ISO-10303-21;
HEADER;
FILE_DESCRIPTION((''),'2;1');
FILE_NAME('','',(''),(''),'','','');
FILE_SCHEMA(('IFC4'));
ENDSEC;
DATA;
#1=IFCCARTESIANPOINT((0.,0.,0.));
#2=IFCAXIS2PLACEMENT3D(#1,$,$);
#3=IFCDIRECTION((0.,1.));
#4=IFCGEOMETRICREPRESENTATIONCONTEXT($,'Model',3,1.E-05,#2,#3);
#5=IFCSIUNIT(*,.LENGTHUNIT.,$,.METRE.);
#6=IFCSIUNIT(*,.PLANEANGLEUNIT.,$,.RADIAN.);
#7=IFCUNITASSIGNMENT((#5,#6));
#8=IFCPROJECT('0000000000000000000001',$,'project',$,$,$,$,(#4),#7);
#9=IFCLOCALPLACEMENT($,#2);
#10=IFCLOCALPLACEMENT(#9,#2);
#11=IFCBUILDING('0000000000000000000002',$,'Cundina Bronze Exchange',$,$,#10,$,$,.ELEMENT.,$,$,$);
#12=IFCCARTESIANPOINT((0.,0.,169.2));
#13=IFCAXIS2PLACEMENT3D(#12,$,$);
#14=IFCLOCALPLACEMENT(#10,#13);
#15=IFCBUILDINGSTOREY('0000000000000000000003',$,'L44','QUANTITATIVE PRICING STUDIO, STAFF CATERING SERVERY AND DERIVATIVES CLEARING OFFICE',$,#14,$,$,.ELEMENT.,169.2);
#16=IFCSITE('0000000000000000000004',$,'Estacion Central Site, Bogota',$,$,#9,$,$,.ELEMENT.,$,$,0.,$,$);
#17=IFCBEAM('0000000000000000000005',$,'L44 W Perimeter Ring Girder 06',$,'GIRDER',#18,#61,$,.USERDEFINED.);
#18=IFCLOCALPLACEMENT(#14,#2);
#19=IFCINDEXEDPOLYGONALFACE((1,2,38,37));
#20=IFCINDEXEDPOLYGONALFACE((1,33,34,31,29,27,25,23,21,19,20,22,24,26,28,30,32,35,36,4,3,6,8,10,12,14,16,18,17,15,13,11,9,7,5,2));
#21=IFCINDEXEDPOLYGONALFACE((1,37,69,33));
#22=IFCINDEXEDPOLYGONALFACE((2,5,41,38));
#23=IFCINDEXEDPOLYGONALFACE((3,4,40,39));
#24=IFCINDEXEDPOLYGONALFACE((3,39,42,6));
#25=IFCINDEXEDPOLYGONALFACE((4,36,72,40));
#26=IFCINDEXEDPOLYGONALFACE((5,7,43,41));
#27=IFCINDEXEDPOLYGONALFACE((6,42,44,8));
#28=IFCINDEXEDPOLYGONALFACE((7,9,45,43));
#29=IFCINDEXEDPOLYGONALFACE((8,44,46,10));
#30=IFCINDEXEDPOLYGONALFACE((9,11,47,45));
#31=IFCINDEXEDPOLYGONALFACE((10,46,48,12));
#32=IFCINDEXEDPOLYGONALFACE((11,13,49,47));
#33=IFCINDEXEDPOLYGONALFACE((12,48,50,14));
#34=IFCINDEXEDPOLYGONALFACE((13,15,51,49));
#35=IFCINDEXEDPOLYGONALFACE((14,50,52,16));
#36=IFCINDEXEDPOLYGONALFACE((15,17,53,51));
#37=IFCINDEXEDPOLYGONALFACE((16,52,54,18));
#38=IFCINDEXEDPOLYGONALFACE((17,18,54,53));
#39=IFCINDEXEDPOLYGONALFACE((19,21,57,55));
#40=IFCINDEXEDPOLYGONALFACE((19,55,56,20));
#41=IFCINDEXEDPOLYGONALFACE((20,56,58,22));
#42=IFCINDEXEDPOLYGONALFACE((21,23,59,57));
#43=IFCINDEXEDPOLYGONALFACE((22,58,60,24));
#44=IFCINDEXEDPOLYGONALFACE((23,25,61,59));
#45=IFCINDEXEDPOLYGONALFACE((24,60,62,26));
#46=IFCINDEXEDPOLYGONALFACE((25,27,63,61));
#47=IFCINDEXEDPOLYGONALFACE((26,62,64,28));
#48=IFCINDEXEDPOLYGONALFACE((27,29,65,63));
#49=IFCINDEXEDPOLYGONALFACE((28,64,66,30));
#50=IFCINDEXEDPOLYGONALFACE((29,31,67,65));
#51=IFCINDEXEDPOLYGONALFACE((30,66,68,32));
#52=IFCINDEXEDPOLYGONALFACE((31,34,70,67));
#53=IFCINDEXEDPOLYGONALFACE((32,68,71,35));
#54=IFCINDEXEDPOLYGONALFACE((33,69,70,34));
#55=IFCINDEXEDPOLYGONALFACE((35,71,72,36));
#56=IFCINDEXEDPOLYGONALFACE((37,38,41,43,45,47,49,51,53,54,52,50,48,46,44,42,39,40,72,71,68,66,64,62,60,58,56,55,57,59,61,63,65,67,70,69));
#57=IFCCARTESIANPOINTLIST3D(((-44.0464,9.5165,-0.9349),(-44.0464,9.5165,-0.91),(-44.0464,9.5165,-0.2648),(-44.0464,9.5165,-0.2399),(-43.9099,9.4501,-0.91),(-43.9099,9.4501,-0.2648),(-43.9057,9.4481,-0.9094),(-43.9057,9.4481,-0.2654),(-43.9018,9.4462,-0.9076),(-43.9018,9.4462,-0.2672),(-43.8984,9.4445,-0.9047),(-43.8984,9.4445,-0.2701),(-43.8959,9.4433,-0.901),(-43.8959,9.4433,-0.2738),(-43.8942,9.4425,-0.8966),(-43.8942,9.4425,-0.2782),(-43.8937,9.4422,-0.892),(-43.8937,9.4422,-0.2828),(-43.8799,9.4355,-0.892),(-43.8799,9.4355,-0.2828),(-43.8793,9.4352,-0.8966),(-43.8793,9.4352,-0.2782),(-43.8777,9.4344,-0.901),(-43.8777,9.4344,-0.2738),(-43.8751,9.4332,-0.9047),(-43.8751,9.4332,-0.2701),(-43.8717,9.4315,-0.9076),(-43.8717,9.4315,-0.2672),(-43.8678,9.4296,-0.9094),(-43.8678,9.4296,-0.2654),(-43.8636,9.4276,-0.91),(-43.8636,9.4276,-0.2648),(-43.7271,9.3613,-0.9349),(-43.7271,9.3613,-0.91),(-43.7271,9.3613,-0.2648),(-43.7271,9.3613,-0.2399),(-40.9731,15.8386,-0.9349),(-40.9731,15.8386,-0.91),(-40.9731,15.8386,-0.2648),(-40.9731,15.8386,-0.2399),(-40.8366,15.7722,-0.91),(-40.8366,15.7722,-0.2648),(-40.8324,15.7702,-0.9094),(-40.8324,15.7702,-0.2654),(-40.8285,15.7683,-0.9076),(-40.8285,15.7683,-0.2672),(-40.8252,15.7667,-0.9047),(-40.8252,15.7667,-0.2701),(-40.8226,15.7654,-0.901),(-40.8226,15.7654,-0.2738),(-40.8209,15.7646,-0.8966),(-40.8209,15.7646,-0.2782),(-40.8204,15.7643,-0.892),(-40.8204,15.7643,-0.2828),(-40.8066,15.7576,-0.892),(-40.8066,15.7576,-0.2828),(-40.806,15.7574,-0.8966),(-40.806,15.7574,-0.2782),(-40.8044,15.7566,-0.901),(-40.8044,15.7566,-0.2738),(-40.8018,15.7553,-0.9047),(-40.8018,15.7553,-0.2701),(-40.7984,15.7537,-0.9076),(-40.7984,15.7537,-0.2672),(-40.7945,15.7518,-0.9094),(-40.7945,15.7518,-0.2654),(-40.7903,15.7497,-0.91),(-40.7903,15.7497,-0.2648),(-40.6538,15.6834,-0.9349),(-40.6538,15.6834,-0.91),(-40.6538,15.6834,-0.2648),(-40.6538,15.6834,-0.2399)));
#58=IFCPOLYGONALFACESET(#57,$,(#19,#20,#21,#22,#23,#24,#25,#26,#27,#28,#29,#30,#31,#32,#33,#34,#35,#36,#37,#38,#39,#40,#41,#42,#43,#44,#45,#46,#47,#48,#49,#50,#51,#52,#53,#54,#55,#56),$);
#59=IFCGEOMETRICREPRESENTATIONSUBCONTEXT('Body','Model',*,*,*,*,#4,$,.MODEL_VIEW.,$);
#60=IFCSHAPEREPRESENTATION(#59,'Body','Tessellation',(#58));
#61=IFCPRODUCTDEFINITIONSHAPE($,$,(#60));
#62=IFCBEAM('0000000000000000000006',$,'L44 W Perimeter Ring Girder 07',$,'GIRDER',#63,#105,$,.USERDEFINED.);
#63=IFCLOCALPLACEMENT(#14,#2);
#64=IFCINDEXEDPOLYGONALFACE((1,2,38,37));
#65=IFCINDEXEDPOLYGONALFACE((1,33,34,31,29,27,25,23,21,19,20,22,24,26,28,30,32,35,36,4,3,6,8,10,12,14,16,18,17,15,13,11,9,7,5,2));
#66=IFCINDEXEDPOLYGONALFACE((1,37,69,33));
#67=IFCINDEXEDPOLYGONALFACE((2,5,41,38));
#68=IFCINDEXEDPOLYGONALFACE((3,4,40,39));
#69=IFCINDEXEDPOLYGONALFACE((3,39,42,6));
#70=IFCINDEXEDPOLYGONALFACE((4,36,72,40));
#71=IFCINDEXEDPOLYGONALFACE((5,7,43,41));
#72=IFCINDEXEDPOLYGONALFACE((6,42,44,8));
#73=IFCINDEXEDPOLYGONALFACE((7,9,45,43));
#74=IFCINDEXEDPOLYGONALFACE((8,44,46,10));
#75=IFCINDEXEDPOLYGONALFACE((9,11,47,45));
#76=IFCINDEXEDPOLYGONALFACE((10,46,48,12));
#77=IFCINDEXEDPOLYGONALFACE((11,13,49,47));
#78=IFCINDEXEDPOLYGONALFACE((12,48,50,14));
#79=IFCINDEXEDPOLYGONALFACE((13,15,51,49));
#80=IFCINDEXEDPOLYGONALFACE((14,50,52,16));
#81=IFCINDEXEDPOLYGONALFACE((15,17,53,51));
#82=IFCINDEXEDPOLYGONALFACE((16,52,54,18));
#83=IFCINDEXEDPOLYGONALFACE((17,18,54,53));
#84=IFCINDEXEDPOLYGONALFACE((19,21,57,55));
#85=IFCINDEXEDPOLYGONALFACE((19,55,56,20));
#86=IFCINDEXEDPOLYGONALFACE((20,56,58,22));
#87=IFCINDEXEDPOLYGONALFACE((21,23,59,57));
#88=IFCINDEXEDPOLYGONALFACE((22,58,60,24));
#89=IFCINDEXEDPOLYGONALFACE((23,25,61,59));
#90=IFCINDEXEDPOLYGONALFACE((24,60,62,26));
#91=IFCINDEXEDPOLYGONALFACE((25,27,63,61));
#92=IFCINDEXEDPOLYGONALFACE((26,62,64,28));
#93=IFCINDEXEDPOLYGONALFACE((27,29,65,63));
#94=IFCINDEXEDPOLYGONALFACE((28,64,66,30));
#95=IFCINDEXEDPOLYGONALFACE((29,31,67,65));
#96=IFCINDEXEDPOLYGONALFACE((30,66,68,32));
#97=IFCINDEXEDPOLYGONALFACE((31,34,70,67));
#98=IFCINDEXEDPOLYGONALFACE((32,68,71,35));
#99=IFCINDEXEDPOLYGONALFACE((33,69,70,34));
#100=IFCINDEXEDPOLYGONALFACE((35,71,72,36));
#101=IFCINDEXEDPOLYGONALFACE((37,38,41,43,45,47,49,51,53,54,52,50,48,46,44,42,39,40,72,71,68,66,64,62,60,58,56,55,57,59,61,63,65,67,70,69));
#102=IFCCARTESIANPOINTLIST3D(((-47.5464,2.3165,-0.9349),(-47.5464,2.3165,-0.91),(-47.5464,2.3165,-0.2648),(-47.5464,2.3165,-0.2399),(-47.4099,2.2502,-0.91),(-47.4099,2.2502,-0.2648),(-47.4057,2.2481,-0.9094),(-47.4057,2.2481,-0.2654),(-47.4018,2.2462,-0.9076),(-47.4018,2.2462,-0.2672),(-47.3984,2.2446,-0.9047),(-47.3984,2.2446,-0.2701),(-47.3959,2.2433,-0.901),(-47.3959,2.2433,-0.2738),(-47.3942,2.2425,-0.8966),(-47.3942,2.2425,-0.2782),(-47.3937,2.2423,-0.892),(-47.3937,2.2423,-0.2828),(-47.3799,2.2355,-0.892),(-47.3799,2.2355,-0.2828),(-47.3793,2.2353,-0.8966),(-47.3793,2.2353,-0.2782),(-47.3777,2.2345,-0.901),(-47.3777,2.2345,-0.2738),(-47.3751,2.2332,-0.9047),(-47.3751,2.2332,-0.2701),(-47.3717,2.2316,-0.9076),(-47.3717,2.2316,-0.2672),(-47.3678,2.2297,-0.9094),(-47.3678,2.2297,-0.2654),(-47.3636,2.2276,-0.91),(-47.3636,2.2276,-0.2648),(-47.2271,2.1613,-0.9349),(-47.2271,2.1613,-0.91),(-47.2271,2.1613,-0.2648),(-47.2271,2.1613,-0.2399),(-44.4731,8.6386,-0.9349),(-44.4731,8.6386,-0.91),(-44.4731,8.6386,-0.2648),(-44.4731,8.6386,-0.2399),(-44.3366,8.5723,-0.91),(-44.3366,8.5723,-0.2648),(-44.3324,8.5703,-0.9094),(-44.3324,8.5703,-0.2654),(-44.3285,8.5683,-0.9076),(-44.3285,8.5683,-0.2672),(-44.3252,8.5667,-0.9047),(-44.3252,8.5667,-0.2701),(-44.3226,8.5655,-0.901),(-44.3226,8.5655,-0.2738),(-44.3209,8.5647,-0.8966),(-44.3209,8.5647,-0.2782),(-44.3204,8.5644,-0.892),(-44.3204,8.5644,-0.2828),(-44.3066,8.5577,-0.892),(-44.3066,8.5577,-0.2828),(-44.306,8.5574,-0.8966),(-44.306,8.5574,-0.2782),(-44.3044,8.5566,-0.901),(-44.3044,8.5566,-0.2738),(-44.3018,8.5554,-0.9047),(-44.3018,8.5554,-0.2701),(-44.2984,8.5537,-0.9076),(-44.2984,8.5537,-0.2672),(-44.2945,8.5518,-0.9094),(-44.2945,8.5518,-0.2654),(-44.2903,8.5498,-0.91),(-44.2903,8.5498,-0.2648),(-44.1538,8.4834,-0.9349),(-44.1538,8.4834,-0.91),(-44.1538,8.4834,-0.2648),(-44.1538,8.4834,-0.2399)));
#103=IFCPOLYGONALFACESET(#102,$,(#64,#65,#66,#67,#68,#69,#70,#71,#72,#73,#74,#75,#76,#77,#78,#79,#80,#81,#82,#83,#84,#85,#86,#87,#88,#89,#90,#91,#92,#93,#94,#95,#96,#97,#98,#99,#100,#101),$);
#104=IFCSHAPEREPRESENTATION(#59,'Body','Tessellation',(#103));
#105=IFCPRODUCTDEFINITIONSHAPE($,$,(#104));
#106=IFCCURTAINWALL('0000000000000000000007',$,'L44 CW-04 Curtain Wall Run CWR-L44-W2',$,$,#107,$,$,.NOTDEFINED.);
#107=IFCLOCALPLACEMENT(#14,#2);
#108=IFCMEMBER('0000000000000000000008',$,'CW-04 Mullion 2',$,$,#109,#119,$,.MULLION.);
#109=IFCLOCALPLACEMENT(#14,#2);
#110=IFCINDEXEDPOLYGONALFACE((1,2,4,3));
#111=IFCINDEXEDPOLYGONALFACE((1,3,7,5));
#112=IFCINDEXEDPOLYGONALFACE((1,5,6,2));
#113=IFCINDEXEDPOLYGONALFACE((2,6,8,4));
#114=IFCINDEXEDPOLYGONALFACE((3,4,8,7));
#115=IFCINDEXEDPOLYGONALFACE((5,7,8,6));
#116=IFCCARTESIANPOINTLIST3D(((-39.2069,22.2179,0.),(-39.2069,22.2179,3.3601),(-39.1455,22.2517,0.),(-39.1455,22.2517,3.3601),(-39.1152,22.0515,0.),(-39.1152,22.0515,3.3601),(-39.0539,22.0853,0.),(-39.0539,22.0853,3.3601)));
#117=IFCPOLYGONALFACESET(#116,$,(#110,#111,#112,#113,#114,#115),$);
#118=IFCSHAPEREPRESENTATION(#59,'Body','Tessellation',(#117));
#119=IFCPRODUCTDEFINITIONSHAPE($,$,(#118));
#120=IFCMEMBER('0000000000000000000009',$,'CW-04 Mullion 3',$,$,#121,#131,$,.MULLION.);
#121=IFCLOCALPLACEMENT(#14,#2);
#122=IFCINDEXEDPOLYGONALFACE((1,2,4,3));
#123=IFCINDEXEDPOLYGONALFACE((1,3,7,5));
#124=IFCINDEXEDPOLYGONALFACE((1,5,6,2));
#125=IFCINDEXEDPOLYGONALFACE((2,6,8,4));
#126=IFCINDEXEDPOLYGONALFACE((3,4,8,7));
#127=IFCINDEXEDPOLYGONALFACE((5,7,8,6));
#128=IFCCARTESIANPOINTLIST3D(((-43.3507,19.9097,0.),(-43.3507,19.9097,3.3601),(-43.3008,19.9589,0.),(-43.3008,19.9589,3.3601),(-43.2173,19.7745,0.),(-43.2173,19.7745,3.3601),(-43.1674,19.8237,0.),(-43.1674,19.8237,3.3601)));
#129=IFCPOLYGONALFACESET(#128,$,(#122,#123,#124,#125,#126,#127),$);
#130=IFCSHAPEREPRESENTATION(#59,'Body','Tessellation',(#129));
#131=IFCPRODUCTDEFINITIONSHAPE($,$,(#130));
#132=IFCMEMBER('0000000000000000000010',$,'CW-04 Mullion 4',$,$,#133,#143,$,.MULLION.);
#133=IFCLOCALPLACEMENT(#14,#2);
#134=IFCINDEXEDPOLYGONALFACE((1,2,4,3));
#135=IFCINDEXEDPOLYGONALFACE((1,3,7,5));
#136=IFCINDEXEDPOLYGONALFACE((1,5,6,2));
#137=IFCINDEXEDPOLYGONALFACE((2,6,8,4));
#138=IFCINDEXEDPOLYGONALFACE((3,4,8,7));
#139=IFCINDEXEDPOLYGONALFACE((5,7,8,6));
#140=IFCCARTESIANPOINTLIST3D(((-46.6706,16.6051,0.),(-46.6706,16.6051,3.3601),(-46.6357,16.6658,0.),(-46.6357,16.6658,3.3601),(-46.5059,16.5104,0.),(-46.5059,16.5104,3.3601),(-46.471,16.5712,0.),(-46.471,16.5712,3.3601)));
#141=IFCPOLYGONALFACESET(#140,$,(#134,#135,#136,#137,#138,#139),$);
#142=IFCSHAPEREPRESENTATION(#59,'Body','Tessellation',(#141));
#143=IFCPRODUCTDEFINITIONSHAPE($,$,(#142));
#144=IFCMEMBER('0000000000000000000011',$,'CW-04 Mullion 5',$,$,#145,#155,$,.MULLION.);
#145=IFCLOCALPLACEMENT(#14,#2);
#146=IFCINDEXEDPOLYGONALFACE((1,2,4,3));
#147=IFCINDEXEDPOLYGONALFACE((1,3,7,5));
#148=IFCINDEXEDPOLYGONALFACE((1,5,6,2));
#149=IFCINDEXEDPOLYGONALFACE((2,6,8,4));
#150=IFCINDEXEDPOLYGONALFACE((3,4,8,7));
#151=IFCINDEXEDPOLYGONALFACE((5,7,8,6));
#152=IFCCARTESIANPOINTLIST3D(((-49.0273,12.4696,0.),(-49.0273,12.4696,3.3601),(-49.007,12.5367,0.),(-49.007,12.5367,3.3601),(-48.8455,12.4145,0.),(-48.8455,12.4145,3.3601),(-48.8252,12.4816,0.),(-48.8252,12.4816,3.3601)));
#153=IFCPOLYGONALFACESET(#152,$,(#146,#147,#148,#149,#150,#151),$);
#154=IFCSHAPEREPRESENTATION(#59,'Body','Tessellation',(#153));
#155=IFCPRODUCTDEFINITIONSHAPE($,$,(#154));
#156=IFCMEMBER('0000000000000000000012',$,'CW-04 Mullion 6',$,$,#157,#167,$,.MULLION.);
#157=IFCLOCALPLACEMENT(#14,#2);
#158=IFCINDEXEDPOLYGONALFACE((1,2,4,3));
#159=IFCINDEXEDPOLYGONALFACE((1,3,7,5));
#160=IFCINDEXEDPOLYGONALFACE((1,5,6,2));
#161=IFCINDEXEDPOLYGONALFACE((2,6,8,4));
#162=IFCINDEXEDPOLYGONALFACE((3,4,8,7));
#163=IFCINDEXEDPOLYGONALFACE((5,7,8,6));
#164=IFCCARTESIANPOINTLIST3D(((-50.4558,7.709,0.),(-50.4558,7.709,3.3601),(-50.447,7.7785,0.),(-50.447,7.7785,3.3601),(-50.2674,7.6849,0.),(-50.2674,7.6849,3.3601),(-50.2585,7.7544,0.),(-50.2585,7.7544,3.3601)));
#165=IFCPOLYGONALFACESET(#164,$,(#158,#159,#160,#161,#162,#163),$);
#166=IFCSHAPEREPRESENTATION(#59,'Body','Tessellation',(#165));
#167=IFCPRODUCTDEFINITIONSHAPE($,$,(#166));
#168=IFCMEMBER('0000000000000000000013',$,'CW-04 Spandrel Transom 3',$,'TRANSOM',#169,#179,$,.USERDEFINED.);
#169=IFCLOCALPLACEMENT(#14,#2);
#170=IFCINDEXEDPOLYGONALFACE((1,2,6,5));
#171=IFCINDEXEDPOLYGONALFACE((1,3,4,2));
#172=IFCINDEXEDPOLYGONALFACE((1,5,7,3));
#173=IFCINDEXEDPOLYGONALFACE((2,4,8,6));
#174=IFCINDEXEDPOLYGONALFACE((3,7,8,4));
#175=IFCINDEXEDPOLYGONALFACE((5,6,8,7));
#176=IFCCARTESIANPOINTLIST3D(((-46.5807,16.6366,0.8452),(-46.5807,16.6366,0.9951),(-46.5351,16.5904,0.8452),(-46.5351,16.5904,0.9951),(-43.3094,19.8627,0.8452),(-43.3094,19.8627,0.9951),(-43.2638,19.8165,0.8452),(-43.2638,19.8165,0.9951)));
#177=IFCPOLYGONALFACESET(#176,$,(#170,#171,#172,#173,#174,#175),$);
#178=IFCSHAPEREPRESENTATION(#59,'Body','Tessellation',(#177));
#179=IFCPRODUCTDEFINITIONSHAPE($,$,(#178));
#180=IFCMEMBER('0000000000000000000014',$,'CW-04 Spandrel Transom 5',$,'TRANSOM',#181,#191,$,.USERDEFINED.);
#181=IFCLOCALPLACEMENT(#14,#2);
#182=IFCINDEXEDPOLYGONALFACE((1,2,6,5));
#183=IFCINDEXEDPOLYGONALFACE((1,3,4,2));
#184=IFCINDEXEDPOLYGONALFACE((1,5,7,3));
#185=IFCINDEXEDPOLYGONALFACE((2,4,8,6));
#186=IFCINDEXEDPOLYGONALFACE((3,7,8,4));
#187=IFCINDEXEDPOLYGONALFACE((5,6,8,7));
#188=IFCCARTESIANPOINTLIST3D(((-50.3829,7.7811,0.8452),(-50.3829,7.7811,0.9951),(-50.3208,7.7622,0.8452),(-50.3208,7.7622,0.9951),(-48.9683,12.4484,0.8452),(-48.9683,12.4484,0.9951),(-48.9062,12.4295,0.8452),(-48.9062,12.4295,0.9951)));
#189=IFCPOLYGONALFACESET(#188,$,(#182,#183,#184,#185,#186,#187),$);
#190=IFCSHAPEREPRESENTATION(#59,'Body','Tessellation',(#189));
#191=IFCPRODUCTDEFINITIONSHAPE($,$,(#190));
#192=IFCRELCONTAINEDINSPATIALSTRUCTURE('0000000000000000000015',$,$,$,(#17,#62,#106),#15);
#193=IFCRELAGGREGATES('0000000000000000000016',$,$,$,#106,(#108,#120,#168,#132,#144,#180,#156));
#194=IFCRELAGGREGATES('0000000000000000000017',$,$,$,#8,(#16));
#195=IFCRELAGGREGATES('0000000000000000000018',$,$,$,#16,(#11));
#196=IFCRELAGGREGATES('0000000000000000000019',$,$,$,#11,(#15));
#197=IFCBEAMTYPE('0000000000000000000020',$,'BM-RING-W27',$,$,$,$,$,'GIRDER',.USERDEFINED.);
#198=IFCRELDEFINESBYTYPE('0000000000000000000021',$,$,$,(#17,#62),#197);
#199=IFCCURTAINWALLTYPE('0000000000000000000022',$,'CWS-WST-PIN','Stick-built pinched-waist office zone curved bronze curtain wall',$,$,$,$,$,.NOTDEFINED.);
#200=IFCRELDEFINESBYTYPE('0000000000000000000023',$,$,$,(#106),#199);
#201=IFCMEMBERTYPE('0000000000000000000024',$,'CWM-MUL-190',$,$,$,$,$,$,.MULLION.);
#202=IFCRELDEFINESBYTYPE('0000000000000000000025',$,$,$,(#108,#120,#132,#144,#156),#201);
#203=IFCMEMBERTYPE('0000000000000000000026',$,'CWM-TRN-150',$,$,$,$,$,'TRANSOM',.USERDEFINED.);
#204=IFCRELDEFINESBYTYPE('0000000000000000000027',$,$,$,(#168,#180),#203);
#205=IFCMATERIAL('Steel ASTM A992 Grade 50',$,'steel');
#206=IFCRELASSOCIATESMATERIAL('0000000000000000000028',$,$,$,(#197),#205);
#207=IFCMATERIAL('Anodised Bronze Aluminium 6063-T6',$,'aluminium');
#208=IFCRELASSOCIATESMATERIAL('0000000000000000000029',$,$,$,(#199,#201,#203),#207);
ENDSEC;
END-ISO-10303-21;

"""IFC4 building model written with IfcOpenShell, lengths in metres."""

from ifc_helpers import new_model, si_unit, direction, frame, origin, origin_2d, place, context, subcontext, project, spatial, rectangle, i_section, extrude, material, material_profile, profile_set, type_object, element, aggregate, save


model = new_model("IFC4")

# Units and contexts
model_context = context("Model", 3, precision=1e-05, world=origin(), true_north=direction((0.0, 1.0)))
body_context = subcontext(model_context, "Body", "Model", "MODEL_VIEW")
ifc_project = project(units=[si_unit("LENGTHUNIT", "METRE"), si_unit("PLANEANGLEUNIT", "RADIAN")], contexts=[model_context])

# Site, building, storey
site_placement = place(None, origin())
site = spatial("IfcSite", under=ifc_project, at=site_placement, Name="Estacion Central Site, Bogota", CompositionType="ELEMENT", RefElevation=0.0)
building_placement = place(site_placement, origin())
building = spatial("IfcBuilding", under=site, at=building_placement, Name="Cundina Bronze Exchange", CompositionType="ELEMENT")
storey_placement = place(building_placement, frame((0.0, 0.0, 169.2)))
storey = spatial("IfcBuildingStorey", under=building, at=storey_placement, Name="L44", Description="QUANTITATIVE PRICING STUDIO, STAFF CATERING SERVERY AND DERIVATIVES CLEARING OFFICE", CompositionType="ELEMENT", Elevation=169.2)

# Beams
ifc_material_1 = material(Name="Steel ASTM A992 Grade 50", Category="steel")
ifc_material_profile_1 = material_profile(ifc_material_1, i_section(OverallWidth=0.355, OverallDepth=0.6951, WebThickness=0.0154, FlangeThickness=0.0249, FilletRadius=0.0181, at=origin_2d()), Name="W27X146", Category="steel")
ifc_profile_set_1 = profile_set([ifc_material_profile_1], Name="Steel ASTM A992 Grade 50")
beam_type_1 = type_object("IfcBeamType", Name="BM-RING-W27", ElementType="GIRDER", PredefinedType="USERDEFINED", material=ifc_profile_set_1)
for number, where, z_axis, x_axis, name in (
    (1, (-40.8135, 15.761, -0.5874), (-0.437197, -0.899366, 0.0), (0.899366, -0.437197, 0.0), "L44 W Perimeter Ring Girder 06"),
    (2, (-44.3135, 8.561, -0.5874), (-0.437197, -0.899366, 0.0), (0.899366, -0.437197, 0.0), "L44 W Perimeter Ring Girder 07"),
):
    element("IfcBeam", number, at=place(storey_placement, frame(where, z_axis=z_axis, x_axis=x_axis)), inside=storey, type_object=beam_type_1, Name=name, ObjectType="GIRDER", PredefinedType="USERDEFINED", context=body_context, shape_type="SweptSolid", body=[
        extrude(i_section(OverallWidth=0.355, OverallDepth=0.6951, WebThickness=0.0154, FlangeThickness=0.0249, FilletRadius=0.0181, at=origin_2d()), origin(), (0.0, 0.0, 1.0), 7.0295),
    ])

# Curtain wall, members
ifc_material_2 = material(Name="Anodised Bronze Aluminium 6063-T6", Category="aluminium")
curtain_wall_type = type_object("IfcCurtainWallType", Name="CWS-WST-PIN", Description="Stick-built pinched-waist office zone curved bronze curtain wall", PredefinedType="NOTDEFINED", material=ifc_material_2)
curtain_wall_placement = place(storey_placement, origin())
curtain_wall = element("IfcCurtainWall", 3, at=curtain_wall_placement, inside=storey, type_object=curtain_wall_type, Name="L44 CW-04 Curtain Wall Run CWR-L44-W2", PredefinedType="NOTDEFINED")
ifc_material_profile_2 = material_profile(ifc_material_2, rectangle(XDim=0.0701, YDim=0.1899, at=origin_2d()), Name="AL70X190", Category="aluminium")
ifc_profile_set_2 = profile_set([ifc_material_profile_2], Name="Anodised Bronze Aluminium 6063-T6")
member_type_1 = type_object("IfcMemberType", Name="CWM-MUL-190", PredefinedType="MULLION", material=ifc_profile_set_2)
member_1_placement = place(storey_placement, frame((-39.1304, 22.1516, 0.0), z_axis=(0.0, 0.0, 1.0), x_axis=(-0.875886, -0.482518, 0.0)))
member_1 = element("IfcMember", 4, at=member_1_placement, type_object=member_type_1, Name="CW-04 Mullion 2", PredefinedType="MULLION", context=body_context, shape_type="SweptSolid", body=[
    extrude(rectangle(XDim=0.0701, YDim=0.1899, at=origin_2d()), origin(), (0.0, 0.0, 1.0), 3.3601),
])
member_2_placement = place(storey_placement, frame((-43.259, 19.8667, 0.0), z_axis=(0.0, 0.0, 1.0), x_axis=(-0.712026, -0.702153, 0.0)))
member_2 = element("IfcMember", 5, at=member_2_placement, type_object=member_type_1, Name="CW-04 Mullion 3", PredefinedType="MULLION", context=body_context, shape_type="SweptSolid", body=[
    extrude(rectangle(XDim=0.0701, YDim=0.1899, at=origin_2d()), origin(), (0.0, 0.0, 1.0), 3.3601),
])
member_3_placement = place(storey_placement, frame((-46.5708, 16.5881, 0.0), z_axis=(0.0, 0.0, 1.0), x_axis=(-0.498488, -0.866897, 0.0)))
member_3 = element("IfcMember", 6, at=member_3_placement, type_object=member_type_1, Name="CW-04 Mullion 4", PredefinedType="MULLION", context=body_context, shape_type="SweptSolid", body=[
    extrude(rectangle(XDim=0.0701, YDim=0.1899, at=origin_2d()), origin(), (0.0, 0.0, 1.0), 3.3601),
])
member_4_placement = place(storey_placement, frame((-48.9263, 12.4756, 0.0), z_axis=(0.0, 0.0, 1.0), x_axis=(-0.290034, -0.957016, 0.0)))
member_4 = element("IfcMember", 7, at=member_4_placement, type_object=member_type_1, Name="CW-04 Mullion 5", PredefinedType="MULLION", context=body_context, shape_type="SweptSolid", body=[
    extrude(rectangle(XDim=0.0701, YDim=0.1899, at=origin_2d()), origin(), (0.0, 0.0, 1.0), 3.3601),
])
member_5_placement = place(storey_placement, frame((-50.3572, 7.7317, 0.0), z_axis=(0.0, 0.0, 1.0), x_axis=(-0.126545, -0.991961, 0.0)))
member_5 = element("IfcMember", 8, at=member_5_placement, type_object=member_type_1, Name="CW-04 Mullion 6", PredefinedType="MULLION", context=body_context, shape_type="SweptSolid", body=[
    extrude(rectangle(XDim=0.0701, YDim=0.1899, at=origin_2d()), origin(), (0.0, 0.0, 1.0), 3.3601),
])
ifc_material_profile_3 = material_profile(ifc_material_2, rectangle(XDim=0.0649, YDim=0.1499, at=origin_2d()), Name="AL65X150", Category="aluminium")
ifc_profile_set_3 = profile_set([ifc_material_profile_3], Name="Anodised Bronze Aluminium 6063-T6")
member_type_2 = type_object("IfcMemberType", Name="CWM-TRN-150", ElementType="TRANSOM", PredefinedType="USERDEFINED", material=ifc_profile_set_3)
member_6_placement = place(storey_placement, frame((-43.2866, 19.8396, 0.9202), z_axis=(-0.712005, -0.702174, 0.0), x_axis=(0.702174, -0.712005, 0.0)))
member_6 = element("IfcMember", 9, at=member_6_placement, type_object=member_type_2, Name="CW-04 Spandrel Transom 3", ObjectType="TRANSOM", PredefinedType="USERDEFINED", context=body_context, shape_type="SweptSolid", body=[
    extrude(rectangle(XDim=0.0649, YDim=0.1499, at=origin_2d()), origin(), (0.0, 0.0, 1.0), 4.5945),
])
member_7_placement = place(storey_placement, frame((-48.9373, 12.439, 0.9202), z_axis=(-0.290052, -0.957011, 0.0), x_axis=(0.957011, -0.290052, 0.0)))
member_7 = element("IfcMember", 10, at=member_7_placement, type_object=member_type_2, Name="CW-04 Spandrel Transom 5", ObjectType="TRANSOM", PredefinedType="USERDEFINED", context=body_context, shape_type="SweptSolid", body=[
    extrude(rectangle(XDim=0.0649, YDim=0.1499, at=origin_2d()), origin(), (0.0, 0.0, 1.0), 4.877),
])
aggregate(curtain_wall, [member_1, member_2, member_6, member_3, member_4, member_7, member_5])

save(model, "model.ifc")
